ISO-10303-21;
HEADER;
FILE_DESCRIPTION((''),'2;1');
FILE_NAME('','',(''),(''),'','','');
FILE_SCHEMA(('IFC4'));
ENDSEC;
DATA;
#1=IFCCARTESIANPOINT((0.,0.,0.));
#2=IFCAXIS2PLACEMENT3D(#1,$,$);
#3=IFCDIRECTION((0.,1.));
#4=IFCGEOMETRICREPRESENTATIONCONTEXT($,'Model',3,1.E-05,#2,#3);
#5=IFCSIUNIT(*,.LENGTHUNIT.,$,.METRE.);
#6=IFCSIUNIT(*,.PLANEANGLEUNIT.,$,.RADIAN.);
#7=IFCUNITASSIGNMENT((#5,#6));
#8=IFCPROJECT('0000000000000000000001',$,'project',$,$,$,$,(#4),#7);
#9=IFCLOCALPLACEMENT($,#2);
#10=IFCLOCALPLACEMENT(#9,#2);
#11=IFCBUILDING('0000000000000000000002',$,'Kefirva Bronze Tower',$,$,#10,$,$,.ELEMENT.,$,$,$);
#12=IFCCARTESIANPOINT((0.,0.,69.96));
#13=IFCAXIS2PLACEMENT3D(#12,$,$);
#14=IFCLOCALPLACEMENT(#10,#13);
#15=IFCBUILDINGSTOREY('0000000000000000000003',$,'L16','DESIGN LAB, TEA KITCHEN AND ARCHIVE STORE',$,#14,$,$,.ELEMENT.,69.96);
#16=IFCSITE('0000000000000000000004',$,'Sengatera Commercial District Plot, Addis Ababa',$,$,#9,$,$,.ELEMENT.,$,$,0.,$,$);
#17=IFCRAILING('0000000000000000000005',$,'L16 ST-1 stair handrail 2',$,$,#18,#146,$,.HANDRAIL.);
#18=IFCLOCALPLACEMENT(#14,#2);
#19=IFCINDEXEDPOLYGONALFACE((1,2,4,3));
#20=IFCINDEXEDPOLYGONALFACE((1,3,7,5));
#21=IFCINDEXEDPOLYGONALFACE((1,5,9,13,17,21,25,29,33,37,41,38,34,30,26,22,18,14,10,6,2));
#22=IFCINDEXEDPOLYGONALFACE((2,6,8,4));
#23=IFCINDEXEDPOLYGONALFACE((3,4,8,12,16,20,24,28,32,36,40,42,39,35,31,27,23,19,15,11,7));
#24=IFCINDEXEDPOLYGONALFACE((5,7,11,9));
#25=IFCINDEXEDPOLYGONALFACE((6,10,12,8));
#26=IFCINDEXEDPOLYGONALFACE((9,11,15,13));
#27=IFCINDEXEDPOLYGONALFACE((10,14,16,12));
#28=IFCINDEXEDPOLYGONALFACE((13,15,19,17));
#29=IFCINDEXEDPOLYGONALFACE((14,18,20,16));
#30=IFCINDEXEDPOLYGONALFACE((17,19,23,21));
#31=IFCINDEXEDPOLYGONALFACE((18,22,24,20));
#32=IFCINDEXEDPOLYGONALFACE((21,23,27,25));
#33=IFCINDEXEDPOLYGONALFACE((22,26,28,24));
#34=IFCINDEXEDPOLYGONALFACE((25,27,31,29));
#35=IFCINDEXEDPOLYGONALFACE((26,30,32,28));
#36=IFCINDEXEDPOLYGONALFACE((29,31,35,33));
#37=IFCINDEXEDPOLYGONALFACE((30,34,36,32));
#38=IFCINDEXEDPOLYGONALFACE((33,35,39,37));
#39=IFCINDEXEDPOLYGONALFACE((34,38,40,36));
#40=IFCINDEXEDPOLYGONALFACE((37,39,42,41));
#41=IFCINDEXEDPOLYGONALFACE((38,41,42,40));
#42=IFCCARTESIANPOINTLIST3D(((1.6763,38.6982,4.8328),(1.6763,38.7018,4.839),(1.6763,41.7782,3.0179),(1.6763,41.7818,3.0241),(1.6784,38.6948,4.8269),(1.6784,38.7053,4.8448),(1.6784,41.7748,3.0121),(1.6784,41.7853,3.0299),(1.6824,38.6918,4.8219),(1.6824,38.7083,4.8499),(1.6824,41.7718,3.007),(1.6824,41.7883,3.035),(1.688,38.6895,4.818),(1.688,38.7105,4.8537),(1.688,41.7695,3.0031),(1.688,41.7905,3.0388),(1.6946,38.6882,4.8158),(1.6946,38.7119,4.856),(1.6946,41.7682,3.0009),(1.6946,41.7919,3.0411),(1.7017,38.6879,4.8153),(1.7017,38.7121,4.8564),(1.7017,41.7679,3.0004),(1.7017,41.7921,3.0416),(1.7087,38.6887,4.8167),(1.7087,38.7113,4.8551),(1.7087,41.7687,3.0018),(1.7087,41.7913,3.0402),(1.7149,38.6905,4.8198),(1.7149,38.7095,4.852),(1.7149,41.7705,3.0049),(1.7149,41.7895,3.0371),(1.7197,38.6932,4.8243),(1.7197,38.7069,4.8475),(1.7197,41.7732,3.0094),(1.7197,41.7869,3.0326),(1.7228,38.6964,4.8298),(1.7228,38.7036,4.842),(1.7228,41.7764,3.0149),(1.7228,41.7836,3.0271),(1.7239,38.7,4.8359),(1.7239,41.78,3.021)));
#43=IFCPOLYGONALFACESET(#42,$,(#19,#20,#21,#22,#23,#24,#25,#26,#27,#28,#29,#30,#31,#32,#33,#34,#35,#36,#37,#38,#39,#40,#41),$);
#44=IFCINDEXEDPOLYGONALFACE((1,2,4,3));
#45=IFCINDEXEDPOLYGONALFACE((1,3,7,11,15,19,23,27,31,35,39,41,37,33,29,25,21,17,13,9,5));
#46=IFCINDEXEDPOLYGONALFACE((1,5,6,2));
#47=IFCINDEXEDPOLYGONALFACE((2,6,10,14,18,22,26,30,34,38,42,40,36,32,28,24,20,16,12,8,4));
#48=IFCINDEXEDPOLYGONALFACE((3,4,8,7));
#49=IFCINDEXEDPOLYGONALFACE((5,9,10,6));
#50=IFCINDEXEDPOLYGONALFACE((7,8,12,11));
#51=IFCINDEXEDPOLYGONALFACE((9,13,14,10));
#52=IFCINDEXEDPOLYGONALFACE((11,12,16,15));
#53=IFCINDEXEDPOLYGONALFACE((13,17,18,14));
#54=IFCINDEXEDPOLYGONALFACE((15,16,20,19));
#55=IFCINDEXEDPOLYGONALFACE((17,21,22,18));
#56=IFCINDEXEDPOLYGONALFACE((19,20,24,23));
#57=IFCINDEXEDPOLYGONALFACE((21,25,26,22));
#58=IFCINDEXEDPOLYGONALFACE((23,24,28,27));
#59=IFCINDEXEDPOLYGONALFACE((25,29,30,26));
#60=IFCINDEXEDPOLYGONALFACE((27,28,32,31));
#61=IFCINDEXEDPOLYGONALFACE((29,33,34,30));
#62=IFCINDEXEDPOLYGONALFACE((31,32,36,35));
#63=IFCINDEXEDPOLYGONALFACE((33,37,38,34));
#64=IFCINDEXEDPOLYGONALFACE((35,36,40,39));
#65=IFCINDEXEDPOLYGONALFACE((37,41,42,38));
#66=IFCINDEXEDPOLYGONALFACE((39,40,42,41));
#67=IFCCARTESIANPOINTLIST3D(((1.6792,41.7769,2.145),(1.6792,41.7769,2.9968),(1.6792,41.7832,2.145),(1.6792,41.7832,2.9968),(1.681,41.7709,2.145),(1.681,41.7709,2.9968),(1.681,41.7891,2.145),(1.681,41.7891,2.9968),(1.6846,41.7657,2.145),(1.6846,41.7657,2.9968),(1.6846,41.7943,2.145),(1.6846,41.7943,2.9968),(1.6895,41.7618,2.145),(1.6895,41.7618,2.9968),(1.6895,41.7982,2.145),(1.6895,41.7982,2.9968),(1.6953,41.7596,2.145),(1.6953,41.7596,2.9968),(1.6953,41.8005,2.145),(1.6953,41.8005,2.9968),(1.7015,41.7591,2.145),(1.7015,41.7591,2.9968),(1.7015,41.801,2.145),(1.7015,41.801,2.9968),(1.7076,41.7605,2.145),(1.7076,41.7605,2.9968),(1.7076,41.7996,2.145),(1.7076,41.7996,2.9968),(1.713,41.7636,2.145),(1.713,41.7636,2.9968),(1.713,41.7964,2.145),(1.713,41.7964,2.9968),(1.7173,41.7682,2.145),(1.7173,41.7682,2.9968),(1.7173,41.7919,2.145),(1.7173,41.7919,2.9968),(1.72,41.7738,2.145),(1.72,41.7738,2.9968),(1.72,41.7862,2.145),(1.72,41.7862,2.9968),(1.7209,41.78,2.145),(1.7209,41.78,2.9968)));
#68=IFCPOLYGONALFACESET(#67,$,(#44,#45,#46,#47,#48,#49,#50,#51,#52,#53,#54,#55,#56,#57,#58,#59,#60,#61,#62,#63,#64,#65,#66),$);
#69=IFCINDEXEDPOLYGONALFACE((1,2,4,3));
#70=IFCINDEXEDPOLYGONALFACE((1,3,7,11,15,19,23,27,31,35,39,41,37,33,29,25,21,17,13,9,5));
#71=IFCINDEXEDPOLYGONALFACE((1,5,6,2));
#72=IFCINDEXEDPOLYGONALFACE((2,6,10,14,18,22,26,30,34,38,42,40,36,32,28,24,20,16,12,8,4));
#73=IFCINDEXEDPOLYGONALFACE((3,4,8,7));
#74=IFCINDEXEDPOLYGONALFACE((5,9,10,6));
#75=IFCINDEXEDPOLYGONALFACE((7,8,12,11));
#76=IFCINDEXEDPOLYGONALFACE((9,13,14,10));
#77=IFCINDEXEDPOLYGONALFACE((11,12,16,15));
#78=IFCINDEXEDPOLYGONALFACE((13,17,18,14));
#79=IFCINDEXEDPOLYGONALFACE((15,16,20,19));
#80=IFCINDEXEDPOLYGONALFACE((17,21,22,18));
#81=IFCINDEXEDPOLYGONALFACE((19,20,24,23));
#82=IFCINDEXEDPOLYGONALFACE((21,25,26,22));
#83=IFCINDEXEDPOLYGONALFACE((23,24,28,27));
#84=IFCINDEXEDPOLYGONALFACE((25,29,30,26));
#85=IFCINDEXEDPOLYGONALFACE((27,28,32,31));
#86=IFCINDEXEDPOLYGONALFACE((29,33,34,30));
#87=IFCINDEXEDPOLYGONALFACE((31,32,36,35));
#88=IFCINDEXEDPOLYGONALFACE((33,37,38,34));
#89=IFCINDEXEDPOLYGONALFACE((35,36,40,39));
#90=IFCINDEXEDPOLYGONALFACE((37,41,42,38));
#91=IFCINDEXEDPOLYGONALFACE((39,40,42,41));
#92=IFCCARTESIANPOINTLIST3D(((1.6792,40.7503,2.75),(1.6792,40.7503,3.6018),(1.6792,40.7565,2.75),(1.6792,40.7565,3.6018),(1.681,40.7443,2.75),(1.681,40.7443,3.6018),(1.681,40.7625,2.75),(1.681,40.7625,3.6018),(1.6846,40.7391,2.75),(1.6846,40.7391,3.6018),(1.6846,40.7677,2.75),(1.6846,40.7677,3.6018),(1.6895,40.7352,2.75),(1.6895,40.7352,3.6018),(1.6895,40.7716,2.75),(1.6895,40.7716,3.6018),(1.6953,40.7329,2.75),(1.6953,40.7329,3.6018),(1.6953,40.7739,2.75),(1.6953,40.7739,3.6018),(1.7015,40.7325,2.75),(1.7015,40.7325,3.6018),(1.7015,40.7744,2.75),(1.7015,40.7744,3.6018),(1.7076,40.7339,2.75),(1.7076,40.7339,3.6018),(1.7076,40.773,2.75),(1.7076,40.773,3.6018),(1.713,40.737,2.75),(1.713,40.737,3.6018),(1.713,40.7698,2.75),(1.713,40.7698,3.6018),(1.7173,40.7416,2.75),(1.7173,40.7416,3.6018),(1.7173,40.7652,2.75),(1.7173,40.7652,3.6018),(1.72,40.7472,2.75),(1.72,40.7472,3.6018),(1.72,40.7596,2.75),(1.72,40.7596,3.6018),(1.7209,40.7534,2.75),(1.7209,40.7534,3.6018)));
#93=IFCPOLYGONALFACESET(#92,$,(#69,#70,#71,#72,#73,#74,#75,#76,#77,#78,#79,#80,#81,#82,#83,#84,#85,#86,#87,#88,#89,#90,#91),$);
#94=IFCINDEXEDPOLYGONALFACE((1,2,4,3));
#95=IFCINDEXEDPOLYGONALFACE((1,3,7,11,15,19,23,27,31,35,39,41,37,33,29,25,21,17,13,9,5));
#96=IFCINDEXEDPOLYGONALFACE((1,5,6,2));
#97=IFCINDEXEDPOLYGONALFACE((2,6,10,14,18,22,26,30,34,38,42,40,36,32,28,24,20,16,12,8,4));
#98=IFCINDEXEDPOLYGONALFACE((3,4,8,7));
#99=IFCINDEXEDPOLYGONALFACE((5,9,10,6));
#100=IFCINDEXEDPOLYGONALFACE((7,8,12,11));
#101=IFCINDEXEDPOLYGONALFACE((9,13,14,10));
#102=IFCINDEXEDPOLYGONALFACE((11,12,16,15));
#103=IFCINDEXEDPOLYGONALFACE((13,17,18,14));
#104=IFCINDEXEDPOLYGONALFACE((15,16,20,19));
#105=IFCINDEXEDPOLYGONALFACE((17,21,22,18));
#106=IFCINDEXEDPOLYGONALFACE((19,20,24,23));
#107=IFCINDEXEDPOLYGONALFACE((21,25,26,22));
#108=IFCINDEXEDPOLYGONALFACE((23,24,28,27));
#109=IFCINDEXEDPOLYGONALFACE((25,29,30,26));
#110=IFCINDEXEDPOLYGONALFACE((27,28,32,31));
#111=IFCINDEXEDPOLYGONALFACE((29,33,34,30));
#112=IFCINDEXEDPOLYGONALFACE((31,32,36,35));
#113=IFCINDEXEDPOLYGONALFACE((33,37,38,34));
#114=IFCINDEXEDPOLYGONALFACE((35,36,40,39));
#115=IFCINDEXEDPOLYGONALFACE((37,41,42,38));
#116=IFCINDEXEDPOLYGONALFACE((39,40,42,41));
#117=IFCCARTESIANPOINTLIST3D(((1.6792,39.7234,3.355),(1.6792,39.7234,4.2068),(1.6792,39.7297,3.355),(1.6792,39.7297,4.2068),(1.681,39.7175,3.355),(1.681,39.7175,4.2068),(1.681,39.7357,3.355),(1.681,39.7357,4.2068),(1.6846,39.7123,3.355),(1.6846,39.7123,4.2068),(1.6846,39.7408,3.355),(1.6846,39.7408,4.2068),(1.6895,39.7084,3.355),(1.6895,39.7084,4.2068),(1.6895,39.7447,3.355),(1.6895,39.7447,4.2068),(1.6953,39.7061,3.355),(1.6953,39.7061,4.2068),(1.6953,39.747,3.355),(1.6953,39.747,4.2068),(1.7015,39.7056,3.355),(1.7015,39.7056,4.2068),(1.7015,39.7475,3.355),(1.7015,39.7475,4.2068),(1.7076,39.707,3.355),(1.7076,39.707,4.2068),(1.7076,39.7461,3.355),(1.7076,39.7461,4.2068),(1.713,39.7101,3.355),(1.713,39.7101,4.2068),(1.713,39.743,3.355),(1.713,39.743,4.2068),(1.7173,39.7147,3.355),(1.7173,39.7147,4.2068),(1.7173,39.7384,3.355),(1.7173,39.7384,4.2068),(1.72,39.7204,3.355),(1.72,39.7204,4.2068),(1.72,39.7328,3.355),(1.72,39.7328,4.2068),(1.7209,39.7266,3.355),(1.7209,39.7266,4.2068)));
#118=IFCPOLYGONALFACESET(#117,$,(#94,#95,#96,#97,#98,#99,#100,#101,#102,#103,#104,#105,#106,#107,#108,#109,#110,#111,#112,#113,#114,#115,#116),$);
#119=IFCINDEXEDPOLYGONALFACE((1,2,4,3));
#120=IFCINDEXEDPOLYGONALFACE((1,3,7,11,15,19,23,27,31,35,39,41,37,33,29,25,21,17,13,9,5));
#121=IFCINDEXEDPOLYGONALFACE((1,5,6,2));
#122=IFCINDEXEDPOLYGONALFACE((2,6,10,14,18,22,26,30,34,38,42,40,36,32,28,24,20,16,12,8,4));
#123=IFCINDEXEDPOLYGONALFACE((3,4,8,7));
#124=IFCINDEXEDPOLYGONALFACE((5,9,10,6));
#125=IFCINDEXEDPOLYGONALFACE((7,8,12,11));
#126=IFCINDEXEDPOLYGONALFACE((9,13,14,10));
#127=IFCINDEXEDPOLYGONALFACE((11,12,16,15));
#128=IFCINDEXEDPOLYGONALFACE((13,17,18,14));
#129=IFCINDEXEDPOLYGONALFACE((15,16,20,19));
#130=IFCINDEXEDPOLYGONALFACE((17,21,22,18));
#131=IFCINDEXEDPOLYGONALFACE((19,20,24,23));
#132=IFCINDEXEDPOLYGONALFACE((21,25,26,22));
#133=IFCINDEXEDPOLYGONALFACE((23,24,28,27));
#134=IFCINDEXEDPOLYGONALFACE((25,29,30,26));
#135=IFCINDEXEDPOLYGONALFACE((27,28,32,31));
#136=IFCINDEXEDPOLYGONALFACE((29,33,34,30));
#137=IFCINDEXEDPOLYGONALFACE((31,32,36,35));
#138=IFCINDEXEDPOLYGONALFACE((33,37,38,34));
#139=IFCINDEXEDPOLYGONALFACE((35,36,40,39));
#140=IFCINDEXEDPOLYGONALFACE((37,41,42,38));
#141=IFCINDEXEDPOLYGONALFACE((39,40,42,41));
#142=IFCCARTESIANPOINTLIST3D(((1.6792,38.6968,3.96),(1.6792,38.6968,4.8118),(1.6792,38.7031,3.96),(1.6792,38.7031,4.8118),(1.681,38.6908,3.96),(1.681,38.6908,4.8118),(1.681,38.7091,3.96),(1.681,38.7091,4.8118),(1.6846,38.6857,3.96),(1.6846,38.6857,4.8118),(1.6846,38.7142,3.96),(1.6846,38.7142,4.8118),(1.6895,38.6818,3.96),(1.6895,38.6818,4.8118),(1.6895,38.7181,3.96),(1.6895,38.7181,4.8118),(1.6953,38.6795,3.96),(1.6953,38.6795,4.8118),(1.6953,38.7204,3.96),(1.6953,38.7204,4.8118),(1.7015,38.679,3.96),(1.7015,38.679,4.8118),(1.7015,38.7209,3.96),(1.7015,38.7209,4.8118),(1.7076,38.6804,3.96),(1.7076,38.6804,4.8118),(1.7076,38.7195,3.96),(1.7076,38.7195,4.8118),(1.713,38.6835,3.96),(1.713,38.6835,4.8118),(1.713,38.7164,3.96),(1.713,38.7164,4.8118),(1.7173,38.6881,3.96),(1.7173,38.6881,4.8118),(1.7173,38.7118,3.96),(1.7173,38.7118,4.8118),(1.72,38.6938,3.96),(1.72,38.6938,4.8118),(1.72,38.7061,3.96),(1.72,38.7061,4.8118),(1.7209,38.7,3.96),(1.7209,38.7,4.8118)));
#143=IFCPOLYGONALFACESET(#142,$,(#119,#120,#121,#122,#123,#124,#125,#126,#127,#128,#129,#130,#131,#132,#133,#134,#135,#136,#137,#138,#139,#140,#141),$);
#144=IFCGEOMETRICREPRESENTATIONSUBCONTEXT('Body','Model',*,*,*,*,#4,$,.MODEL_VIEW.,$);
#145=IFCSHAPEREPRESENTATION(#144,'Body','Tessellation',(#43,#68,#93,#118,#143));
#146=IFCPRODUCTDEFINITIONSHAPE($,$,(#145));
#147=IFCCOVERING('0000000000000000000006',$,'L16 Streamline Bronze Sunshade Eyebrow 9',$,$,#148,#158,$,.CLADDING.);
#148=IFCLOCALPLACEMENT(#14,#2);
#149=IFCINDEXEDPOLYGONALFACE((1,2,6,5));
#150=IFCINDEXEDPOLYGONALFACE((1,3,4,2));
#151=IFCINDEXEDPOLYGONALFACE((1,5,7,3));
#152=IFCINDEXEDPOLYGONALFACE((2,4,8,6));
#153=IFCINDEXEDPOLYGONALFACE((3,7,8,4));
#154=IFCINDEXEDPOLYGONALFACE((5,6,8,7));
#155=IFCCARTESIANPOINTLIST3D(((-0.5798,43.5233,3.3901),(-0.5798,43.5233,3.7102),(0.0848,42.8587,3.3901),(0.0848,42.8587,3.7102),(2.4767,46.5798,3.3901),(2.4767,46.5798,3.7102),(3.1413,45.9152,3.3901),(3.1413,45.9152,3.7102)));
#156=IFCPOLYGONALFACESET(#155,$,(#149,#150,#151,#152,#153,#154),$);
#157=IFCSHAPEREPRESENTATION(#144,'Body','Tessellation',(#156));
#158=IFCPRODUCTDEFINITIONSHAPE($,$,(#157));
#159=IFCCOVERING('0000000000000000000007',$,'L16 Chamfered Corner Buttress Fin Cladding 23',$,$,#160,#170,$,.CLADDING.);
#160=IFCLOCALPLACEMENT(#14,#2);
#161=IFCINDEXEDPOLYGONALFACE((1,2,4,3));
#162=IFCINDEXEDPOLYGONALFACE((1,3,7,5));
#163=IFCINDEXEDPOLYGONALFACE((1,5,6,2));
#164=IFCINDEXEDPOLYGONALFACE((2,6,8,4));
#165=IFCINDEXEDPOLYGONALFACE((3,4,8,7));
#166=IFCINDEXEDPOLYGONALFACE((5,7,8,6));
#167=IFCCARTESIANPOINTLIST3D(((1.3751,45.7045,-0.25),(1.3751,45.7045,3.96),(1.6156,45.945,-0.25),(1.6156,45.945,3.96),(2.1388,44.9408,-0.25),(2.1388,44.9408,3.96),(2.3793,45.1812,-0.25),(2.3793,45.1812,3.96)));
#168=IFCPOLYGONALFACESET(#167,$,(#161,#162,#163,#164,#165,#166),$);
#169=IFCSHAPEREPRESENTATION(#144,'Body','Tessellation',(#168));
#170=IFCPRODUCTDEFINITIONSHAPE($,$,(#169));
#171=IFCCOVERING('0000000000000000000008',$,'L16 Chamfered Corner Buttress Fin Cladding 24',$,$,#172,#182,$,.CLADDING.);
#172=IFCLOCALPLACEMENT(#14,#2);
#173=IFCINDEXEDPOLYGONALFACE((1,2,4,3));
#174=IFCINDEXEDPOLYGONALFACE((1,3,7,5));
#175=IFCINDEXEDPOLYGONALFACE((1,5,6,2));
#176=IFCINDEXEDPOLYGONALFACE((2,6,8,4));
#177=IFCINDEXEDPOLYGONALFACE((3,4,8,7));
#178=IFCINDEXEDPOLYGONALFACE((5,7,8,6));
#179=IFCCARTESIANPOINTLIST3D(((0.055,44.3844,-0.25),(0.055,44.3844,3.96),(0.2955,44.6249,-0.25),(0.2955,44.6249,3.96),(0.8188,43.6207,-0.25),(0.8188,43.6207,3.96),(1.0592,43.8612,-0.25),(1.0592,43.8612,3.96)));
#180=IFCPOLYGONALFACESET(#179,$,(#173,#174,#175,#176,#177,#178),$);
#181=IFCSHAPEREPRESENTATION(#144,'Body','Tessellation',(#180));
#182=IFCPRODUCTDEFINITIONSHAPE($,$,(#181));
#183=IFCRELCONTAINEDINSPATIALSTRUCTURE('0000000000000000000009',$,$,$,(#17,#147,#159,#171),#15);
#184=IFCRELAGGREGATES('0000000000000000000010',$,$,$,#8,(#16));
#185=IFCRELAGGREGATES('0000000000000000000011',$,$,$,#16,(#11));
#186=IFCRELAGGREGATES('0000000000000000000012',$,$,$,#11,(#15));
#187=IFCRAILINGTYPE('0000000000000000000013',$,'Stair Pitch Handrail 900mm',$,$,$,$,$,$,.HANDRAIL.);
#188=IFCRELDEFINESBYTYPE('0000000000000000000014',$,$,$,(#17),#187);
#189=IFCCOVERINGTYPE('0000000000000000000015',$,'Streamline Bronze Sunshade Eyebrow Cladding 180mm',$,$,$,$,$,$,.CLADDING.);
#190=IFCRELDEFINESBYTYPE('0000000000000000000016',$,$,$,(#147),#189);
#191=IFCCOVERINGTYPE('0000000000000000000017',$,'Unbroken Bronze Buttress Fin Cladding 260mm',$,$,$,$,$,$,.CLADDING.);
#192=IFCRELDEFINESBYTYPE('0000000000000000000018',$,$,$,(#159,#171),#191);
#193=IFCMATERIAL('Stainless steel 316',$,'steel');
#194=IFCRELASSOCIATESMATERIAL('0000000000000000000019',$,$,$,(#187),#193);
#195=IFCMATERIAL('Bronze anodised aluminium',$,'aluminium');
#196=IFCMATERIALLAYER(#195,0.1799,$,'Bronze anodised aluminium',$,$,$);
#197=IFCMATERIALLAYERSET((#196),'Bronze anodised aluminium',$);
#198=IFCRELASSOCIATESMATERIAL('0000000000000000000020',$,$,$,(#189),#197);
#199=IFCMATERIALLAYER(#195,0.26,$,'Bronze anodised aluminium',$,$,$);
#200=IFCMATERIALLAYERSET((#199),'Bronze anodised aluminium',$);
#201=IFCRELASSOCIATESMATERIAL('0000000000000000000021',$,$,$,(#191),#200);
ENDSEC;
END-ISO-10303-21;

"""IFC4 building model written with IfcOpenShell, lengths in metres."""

from ifc_helpers import new_model, si_unit, direction, frame, origin, origin_2d, place, context, subcontext, project, spatial, rectangle, circle, extrude, material, layer, layer_set, type_object, element, save


model = new_model("IFC4")

# Units and contexts
model_context = context("Model", 3, precision=1e-05, world=origin(), true_north=direction((0.0, 1.0)))
body_context = subcontext(model_context, "Body", "Model", "MODEL_VIEW")
ifc_project = project(units=[si_unit("LENGTHUNIT", "METRE"), si_unit("PLANEANGLEUNIT", "RADIAN")], contexts=[model_context])

# Site, building, storey
site_placement = place(None, origin())
site = spatial("IfcSite", under=ifc_project, at=site_placement, Name="Sengatera Commercial District Plot, Addis Ababa", CompositionType="ELEMENT", RefElevation=0.0)
building_placement = place(site_placement, origin())
building = spatial("IfcBuilding", under=site, at=building_placement, Name="Kefirva Bronze Tower", CompositionType="ELEMENT")
storey_placement = place(building_placement, frame((0.0, 0.0, 69.96)))
storey = spatial("IfcBuildingStorey", under=building, at=storey_placement, Name="L16", Description="DESIGN LAB, TEA KITCHEN AND ARCHIVE STORE", CompositionType="ELEMENT", Elevation=69.96)

# Shared definitions
ifc_material_1 = material(Name="Bronze anodised aluminium", Category="aluminium")

# Railing
ifc_material_2 = material(Name="Stainless steel 316", Category="steel")
railing_type_1 = type_object("IfcRailingType", Name="Stair Pitch Handrail 900mm", PredefinedType="HANDRAIL", material=ifc_material_2)
railing_1_placement = place(storey_placement, frame((1.7, 41.78, 2.145)))
element("IfcRailing", 1, at=railing_1_placement, inside=storey, type_object=railing_type_1, Name="L16 ST-1 stair handrail 2", PredefinedType="HANDRAIL", context=body_context, shape_type="SweptSolid", body=[
    extrude(circle(Radius=0.0239, at=origin_2d()), frame((0.0, 0.0, 0.876), z_axis=(0.0, -0.861551, 0.507671), x_axis=(1.0, 0.0, 0.0)), (0.0, 0.0, 1.0), 3.575),
    extrude(circle(Radius=0.021, at=origin_2d()), origin(), (0.0, 0.0, 1.0), 0.8518),
    extrude(circle(Radius=0.021, at=origin_2d()), frame((0.0, -1.0266, 0.605)), (0.0, 0.0, 1.0), 0.8518),
    extrude(circle(Radius=0.021, at=origin_2d()), frame((0.0, -2.0535, 1.21)), (0.0, 0.0, 1.0), 0.8518),
    extrude(circle(Radius=0.021, at=origin_2d()), frame((0.0, -3.0801, 1.8149)), (0.0, 0.0, 1.0), 0.8518),
])

# Coverings
ifc_layer_1 = layer(ifc_material_1, 0.1799, Name="Bronze anodised aluminium")
ifc_layer_set_1 = layer_set([ifc_layer_1], Name="Bronze anodised aluminium")
covering_type_1 = type_object("IfcCoveringType", Name="Streamline Bronze Sunshade Eyebrow Cladding 180mm", PredefinedType="CLADDING", material=ifc_layer_set_1)
covering_1_placement = place(storey_placement, frame((1.2808, 44.7192, 3.3901), z_axis=(0.0, 0.0, 1.0), x_axis=(-0.707107, -0.707107, 0.0)))
element("IfcCovering", 2, at=covering_1_placement, inside=storey, type_object=covering_type_1, Name="L16 Streamline Bronze Sunshade Eyebrow 9", PredefinedType="CLADDING", context=body_context, shape_type="SweptSolid", body=[
    extrude(rectangle(XDim=4.3225, YDim=0.9399, at=origin_2d()), origin(), (0.0, 0.0, 1.0), 0.3201),
])
ifc_layer_2 = layer(ifc_material_1, 0.26, Name="Bronze anodised aluminium")
ifc_layer_set_2 = layer_set([ifc_layer_2], Name="Bronze anodised aluminium")
covering_type_2 = type_object("IfcCoveringType", Name="Unbroken Bronze Buttress Fin Cladding 260mm", PredefinedType="CLADDING", material=ifc_layer_set_2)
for number, where, z_axis, x_axis, name in (
    (3, (1.8772, 45.4429, -0.25), (0.0, 0.0, 1.0), (-0.707107, -0.707107, 0.0), "L16 Chamfered Corner Buttress Fin Cladding 23"),
    (4, (0.5571, 44.1228, -0.25), (0.0, 0.0, 1.0), (-0.707107, -0.707107, 0.0), "L16 Chamfered Corner Buttress Fin Cladding 24"),
):
    element("IfcCovering", number, at=place(storey_placement, frame(where, z_axis=z_axis, x_axis=x_axis)), inside=storey, type_object=covering_type_2, Name=name, PredefinedType="CLADDING", context=body_context, shape_type="SweptSolid", body=[
        extrude(rectangle(XDim=0.3401, YDim=1.0801, at=origin_2d()), origin(), (0.0, 0.0, 1.0), 4.21),
    ])

save(model, "model.ifc")
